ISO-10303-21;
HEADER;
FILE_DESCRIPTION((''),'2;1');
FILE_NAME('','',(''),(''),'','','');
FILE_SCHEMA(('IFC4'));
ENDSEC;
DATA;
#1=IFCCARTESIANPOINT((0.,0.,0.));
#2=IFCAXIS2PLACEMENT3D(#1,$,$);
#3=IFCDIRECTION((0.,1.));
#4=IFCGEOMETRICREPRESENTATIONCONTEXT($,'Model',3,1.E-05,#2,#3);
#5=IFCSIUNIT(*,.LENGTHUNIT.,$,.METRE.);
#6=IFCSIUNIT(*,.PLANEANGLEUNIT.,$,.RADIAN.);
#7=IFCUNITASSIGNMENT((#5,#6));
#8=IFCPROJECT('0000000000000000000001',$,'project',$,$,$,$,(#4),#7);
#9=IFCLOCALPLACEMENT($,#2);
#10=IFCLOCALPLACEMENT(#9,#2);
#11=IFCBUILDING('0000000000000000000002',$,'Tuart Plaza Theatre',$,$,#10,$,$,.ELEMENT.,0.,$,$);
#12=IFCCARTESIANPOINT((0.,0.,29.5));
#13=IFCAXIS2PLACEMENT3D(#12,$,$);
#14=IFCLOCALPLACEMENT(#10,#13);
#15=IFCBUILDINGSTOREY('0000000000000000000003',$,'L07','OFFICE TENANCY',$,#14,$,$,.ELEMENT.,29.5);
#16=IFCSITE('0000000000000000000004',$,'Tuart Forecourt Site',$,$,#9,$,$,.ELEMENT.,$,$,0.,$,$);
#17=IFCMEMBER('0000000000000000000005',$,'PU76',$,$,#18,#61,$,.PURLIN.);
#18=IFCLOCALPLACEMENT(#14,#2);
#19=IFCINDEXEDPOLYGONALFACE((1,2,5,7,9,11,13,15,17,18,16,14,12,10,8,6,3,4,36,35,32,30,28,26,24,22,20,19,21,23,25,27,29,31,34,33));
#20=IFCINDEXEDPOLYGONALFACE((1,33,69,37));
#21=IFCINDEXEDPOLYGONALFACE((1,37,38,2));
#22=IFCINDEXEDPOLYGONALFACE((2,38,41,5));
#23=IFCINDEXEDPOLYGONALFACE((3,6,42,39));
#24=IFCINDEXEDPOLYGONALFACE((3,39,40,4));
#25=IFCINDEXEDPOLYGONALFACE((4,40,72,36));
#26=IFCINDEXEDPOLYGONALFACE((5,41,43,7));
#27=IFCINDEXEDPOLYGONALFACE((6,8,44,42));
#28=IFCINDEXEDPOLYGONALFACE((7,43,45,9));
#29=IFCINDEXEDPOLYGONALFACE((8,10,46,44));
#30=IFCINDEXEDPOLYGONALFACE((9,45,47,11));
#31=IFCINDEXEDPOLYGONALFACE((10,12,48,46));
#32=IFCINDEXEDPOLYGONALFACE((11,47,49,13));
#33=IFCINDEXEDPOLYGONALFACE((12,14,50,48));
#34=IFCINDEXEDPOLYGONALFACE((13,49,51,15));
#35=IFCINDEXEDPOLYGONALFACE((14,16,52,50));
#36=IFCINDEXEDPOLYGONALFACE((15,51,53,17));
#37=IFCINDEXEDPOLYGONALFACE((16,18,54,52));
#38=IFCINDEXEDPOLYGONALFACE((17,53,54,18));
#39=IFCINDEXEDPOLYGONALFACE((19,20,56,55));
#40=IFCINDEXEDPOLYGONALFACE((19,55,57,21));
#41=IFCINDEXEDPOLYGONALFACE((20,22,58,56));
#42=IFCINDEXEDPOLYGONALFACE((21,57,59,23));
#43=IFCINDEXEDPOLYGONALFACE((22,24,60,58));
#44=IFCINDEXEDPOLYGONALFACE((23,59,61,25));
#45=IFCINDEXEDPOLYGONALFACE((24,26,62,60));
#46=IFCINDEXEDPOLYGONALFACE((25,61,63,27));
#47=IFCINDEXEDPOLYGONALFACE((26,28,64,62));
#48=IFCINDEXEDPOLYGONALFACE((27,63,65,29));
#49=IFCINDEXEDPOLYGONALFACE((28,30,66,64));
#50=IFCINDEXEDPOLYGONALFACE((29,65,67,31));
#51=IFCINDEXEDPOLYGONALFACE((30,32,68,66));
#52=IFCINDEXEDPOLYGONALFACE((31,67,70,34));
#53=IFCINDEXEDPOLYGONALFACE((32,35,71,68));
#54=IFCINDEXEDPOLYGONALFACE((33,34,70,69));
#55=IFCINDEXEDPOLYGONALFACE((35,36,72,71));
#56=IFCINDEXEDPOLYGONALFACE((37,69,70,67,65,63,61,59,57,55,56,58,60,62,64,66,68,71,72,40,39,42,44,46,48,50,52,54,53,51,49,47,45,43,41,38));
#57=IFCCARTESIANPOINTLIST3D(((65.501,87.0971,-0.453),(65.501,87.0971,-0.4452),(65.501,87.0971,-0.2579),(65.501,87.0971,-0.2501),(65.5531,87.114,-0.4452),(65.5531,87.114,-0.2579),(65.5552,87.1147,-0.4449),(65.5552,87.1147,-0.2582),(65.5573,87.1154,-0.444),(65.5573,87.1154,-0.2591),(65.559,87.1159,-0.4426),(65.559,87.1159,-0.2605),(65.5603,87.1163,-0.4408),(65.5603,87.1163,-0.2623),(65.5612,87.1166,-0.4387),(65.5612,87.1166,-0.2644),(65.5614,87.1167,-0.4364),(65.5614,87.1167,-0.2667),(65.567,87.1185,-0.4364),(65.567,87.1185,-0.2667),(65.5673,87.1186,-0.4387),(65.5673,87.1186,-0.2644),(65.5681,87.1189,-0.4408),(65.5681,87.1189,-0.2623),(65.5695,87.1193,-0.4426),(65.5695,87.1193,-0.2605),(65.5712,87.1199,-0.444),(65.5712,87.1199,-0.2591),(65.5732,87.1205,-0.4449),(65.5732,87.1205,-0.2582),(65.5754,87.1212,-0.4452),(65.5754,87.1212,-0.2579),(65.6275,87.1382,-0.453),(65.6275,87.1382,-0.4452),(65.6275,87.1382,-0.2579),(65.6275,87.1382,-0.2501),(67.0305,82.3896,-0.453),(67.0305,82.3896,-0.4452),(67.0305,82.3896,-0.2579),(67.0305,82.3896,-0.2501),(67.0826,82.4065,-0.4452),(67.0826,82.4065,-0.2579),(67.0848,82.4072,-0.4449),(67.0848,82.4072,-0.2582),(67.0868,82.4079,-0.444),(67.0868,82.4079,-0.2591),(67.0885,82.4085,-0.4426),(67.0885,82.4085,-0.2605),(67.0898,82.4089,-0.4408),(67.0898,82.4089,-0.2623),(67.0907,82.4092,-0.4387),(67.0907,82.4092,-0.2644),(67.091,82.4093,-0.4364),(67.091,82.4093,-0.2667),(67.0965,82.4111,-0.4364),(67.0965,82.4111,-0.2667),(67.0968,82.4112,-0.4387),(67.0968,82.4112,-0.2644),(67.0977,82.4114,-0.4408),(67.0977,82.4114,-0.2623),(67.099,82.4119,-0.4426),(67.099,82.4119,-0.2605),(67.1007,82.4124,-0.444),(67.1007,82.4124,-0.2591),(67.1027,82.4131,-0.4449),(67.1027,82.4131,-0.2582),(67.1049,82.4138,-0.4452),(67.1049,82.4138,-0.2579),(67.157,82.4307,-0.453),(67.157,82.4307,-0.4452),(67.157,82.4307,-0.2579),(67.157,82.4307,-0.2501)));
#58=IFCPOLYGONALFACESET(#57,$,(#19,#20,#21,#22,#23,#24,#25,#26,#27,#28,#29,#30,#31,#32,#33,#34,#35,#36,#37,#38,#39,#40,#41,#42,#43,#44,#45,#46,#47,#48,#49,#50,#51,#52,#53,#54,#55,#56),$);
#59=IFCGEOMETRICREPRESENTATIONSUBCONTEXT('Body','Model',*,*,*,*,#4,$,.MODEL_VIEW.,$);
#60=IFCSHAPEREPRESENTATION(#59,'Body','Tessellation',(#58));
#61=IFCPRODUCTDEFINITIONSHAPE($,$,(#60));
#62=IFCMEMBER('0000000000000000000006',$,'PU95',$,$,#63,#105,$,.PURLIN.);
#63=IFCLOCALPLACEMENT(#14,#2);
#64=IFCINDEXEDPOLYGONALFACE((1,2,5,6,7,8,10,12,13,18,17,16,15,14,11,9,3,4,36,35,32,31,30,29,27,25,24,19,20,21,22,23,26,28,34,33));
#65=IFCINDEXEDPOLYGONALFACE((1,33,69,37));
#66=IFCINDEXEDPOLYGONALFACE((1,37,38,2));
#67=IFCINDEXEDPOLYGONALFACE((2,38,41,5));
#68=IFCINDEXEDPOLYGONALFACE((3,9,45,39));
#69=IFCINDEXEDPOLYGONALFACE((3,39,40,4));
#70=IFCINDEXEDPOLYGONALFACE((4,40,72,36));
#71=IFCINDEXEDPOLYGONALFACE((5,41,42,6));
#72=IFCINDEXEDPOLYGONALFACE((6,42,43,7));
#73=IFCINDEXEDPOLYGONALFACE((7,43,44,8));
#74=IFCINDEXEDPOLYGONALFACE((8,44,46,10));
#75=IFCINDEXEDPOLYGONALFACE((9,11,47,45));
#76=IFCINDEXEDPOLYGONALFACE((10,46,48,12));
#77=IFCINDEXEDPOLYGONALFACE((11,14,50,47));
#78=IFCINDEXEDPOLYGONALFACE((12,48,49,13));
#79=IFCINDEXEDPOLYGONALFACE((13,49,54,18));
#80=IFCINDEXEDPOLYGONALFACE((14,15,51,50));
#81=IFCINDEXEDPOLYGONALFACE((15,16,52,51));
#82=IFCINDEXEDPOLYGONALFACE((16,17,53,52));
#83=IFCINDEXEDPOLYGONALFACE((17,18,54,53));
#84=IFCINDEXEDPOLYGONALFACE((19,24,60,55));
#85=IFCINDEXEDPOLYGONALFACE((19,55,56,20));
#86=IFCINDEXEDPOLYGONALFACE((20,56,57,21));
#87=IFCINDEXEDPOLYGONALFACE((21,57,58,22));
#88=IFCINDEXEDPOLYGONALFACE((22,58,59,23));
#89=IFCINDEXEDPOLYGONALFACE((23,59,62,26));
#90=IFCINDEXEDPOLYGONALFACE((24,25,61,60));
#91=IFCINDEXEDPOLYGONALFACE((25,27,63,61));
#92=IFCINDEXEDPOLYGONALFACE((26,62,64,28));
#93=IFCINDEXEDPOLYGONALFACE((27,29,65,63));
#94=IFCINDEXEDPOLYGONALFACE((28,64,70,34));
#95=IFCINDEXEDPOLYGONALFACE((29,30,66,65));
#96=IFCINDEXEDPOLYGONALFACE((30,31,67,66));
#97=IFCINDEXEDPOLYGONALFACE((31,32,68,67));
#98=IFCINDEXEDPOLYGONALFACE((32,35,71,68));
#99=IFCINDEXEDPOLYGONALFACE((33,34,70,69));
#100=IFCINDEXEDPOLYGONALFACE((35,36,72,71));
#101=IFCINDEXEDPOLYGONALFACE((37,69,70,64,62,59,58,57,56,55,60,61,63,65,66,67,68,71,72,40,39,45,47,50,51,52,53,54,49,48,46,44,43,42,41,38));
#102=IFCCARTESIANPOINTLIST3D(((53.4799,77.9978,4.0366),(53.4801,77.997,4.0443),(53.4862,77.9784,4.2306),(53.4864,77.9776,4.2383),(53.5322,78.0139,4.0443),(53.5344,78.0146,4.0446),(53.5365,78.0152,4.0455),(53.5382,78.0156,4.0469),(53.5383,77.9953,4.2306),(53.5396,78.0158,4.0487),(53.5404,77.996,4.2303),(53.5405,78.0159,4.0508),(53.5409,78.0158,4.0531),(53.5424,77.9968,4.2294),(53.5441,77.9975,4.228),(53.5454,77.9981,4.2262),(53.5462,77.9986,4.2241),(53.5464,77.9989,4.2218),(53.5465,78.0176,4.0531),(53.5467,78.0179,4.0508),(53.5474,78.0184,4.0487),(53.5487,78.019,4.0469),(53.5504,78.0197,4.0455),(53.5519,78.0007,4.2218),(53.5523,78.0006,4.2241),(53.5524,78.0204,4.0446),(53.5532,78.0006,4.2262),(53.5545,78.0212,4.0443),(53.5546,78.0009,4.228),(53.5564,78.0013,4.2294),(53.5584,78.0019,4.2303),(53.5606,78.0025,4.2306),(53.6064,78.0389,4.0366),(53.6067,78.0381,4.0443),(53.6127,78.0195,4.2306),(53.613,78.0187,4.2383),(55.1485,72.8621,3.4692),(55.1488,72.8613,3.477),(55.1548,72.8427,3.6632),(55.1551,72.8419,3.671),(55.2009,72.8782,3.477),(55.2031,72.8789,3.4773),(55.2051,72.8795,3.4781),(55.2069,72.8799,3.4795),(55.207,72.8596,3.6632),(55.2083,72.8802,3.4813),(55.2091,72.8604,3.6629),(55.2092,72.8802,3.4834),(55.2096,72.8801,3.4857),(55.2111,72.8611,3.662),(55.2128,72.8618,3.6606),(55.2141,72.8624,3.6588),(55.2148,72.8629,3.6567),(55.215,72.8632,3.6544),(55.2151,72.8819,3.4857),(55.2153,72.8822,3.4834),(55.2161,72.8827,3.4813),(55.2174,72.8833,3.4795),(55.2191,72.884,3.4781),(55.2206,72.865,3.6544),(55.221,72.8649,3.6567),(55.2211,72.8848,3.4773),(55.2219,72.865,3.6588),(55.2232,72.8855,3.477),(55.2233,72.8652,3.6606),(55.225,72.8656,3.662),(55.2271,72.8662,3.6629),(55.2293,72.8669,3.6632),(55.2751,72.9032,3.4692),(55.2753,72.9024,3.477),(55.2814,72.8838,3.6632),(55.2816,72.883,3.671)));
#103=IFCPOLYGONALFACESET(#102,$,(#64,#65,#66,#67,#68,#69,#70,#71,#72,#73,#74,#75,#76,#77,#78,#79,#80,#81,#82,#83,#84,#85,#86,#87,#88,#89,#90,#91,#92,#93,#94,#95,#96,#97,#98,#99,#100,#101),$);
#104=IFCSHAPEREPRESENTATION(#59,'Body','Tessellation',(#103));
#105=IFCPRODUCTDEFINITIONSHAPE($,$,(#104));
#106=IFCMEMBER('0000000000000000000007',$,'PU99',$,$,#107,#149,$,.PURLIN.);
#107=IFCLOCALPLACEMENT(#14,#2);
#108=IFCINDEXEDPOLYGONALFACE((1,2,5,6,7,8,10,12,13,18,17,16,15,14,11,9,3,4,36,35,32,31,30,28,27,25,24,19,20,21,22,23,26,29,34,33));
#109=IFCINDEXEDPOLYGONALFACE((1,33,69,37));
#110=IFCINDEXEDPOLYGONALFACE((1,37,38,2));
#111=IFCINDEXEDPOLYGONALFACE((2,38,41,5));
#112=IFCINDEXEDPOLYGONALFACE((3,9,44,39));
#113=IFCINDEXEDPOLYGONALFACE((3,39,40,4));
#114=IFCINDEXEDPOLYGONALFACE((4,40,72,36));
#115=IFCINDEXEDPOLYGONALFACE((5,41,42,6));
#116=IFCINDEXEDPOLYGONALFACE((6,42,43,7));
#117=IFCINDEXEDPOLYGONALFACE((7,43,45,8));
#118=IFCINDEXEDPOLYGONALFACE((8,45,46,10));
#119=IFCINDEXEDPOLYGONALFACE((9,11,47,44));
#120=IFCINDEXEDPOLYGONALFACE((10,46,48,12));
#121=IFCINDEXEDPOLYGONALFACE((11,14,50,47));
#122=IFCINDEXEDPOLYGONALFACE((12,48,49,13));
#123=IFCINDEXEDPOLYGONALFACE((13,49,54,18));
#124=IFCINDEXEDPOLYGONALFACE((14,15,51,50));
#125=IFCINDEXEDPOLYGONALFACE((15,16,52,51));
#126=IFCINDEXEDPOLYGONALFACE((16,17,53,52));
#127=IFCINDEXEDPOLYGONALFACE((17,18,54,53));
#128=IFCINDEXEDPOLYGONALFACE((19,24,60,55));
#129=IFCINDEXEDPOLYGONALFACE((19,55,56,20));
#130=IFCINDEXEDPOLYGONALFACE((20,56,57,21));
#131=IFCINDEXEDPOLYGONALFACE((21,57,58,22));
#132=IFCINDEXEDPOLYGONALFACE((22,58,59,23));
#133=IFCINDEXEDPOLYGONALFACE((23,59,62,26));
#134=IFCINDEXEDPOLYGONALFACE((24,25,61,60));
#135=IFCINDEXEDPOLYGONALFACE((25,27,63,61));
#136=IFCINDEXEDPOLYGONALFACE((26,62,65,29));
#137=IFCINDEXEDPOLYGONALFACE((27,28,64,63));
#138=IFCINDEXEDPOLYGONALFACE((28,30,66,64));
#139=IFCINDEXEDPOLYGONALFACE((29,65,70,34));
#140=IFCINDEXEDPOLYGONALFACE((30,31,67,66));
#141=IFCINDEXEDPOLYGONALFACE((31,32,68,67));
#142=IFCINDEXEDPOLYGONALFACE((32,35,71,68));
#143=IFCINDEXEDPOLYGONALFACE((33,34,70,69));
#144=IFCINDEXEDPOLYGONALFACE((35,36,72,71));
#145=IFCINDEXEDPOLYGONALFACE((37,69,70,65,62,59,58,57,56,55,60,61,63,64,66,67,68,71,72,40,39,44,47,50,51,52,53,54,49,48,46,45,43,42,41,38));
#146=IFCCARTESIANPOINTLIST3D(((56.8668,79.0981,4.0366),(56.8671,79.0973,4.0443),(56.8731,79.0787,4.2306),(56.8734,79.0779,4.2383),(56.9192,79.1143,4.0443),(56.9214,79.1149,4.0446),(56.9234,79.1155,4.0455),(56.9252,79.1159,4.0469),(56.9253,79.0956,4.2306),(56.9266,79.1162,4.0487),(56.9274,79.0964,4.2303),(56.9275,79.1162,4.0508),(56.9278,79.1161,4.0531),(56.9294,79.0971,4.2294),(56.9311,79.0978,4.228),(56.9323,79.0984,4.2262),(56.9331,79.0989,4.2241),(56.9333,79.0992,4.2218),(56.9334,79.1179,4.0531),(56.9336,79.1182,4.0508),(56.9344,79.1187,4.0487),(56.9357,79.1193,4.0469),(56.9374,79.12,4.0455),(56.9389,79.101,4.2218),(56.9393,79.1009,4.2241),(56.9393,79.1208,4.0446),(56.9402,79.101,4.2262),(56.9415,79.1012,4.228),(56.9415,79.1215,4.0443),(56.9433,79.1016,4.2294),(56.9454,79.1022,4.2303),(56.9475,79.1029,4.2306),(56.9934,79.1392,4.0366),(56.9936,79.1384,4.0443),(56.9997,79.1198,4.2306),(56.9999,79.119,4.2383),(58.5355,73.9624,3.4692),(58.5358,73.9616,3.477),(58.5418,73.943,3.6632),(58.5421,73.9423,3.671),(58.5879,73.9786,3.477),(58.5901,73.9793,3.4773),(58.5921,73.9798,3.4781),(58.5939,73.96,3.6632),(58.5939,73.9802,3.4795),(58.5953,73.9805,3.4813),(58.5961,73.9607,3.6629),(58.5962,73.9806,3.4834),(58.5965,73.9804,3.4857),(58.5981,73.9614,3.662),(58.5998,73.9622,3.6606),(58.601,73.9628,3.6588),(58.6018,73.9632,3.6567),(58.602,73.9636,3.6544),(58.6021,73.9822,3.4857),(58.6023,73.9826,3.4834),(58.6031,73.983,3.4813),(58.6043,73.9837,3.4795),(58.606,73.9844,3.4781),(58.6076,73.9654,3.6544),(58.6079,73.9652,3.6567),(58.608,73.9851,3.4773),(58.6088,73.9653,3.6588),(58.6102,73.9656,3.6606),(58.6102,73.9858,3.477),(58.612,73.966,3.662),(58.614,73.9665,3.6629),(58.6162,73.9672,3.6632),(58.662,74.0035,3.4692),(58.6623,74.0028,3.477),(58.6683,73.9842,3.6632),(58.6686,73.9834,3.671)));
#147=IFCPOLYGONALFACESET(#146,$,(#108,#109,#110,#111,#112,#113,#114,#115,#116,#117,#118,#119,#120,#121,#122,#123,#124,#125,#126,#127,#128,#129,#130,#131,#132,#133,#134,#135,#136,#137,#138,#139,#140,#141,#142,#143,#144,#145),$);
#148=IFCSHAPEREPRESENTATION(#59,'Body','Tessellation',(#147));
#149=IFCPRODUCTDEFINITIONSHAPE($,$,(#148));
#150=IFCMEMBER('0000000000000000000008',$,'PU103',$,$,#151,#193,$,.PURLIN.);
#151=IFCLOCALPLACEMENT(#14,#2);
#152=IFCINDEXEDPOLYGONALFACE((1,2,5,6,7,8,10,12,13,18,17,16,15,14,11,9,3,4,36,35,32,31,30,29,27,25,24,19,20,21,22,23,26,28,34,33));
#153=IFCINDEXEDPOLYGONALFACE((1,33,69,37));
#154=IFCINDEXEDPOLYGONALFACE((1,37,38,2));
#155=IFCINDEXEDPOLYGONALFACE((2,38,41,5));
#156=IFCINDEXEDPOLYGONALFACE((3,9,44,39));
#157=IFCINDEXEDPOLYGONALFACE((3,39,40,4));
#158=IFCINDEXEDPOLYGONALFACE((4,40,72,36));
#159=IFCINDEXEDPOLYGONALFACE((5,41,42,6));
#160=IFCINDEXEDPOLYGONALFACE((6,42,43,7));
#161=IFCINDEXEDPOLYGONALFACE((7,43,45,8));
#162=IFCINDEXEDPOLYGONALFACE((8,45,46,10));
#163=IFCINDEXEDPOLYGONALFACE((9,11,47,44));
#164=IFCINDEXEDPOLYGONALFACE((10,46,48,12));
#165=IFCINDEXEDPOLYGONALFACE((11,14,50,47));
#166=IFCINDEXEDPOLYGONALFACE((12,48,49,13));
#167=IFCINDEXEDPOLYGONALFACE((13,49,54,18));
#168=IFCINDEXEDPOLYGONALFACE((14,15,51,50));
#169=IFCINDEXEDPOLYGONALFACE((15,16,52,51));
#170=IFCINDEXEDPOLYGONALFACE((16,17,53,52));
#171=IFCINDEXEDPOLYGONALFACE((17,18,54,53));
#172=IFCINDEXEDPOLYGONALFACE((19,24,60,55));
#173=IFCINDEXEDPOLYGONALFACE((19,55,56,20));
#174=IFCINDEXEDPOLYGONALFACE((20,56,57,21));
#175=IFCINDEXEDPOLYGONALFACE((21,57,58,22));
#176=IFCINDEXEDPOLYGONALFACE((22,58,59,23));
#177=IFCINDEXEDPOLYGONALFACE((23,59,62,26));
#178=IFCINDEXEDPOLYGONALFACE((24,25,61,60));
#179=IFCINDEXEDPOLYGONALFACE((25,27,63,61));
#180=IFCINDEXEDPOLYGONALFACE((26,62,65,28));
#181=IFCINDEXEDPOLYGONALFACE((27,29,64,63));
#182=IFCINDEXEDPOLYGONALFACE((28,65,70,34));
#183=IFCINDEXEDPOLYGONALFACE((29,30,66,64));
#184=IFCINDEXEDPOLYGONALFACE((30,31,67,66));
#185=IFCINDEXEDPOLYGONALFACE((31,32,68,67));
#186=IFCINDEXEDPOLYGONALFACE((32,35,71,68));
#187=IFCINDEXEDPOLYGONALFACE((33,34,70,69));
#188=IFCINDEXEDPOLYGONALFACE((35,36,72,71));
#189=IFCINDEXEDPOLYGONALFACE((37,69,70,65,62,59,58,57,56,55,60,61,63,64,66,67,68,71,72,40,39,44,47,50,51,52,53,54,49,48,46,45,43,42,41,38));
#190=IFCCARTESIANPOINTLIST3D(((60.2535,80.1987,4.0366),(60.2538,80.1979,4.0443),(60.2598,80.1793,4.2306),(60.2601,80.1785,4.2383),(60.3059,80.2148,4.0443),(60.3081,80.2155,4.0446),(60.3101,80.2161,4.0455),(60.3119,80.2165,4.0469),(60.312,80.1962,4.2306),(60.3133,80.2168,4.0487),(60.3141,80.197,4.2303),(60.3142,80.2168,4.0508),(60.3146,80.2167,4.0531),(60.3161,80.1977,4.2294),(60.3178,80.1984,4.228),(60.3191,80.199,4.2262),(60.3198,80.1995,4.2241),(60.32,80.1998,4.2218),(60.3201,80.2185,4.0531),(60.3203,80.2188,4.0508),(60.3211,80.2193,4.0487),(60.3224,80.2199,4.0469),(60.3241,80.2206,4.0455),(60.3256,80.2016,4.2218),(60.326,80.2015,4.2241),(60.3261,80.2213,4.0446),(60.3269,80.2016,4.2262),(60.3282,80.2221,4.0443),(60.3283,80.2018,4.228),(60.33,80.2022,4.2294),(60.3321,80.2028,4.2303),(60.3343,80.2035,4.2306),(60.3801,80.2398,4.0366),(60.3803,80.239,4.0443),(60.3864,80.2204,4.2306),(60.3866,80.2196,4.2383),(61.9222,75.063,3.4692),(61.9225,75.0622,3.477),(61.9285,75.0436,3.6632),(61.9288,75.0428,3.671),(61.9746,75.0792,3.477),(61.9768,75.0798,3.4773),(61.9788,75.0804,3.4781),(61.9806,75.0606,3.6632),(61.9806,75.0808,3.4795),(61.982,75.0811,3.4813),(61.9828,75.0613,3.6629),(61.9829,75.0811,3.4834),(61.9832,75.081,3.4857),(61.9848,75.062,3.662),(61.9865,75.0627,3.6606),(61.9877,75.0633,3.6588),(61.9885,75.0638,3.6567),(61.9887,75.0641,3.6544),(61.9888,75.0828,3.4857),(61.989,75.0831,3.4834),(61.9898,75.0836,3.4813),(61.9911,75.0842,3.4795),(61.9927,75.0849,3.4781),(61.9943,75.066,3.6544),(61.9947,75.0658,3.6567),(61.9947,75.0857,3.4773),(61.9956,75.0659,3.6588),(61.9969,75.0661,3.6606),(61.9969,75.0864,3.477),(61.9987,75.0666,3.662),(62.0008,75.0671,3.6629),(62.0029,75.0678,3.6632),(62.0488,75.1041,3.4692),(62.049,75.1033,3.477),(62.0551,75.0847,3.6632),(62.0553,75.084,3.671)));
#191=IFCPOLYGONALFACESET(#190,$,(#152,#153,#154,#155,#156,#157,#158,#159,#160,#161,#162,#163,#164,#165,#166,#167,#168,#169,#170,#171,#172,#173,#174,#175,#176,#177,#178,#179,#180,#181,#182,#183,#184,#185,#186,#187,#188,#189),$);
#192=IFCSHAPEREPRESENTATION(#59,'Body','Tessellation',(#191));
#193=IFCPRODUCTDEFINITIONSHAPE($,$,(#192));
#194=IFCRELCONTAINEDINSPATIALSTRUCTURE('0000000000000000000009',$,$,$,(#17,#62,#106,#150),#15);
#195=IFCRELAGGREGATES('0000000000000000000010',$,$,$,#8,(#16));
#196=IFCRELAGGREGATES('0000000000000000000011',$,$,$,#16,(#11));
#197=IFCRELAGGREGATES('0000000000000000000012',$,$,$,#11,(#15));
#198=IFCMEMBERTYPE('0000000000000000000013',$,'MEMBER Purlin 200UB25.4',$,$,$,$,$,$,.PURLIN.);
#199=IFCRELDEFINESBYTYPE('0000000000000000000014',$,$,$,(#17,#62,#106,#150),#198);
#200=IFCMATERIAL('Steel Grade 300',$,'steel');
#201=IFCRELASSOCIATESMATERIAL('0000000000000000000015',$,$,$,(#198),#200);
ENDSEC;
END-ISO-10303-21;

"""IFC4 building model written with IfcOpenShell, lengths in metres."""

from ifc_helpers import new_model, si_unit, direction, frame, origin, origin_2d, place, context, subcontext, project, spatial, i_section, extrude, material, material_profile, profile_set, type_object, element, save


model = new_model("IFC4")

# Units and contexts
model_context = context("Model", 3, precision=1e-05, world=origin(), true_north=direction((0.0, 1.0)))
body_context = subcontext(model_context, "Body", "Model", "MODEL_VIEW")
ifc_project = project(units=[si_unit("LENGTHUNIT", "METRE"), si_unit("PLANEANGLEUNIT", "RADIAN")], contexts=[model_context])

# Site, building, storey
site_placement = place(None, origin())
site = spatial("IfcSite", under=ifc_project, at=site_placement, Name="Tuart Forecourt Site", CompositionType="ELEMENT", RefElevation=0.0)
building_placement = place(site_placement, origin())
building = spatial("IfcBuilding", under=site, at=building_placement, Name="Tuart Plaza Theatre", CompositionType="ELEMENT", ElevationOfRefHeight=0.0)
storey_placement = place(building_placement, frame((0.0, 0.0, 29.5)))
storey = spatial("IfcBuildingStorey", under=building, at=storey_placement, Name="L07", Description="OFFICE TENANCY", CompositionType="ELEMENT", Elevation=29.5)

# Members
ifc_material_1 = material(Name="Steel Grade 300", Category="steel")
ifc_material_profile_1 = material_profile(ifc_material_1, i_section(OverallWidth=0.1331, OverallDepth=0.2029, WebThickness=0.0059, FlangeThickness=0.0078, FilletRadius=0.0088, at=origin_2d()), Name="200UB25.4")
ifc_profile_set_1 = profile_set([ifc_material_profile_1], Name="Steel Grade 300")
member_type_1 = type_object("IfcMemberType", Name="MEMBER Purlin 200UB25.4", PredefinedType="PURLIN", material=ifc_profile_set_1)
member_1_placement = place(storey_placement, frame((67.0938, 82.4102, -0.3516), z_axis=(-0.309012, 0.951058, 0.0), x_axis=(-0.951058, -0.309012, 0.0)))
element("IfcMember", 1, at=member_1_placement, inside=storey, type_object=member_type_1, Name="PU76", PredefinedType="PURLIN", context=body_context, shape_type="SweptSolid", body=[
    extrude(i_section(OverallWidth=0.1331, OverallDepth=0.2029, WebThickness=0.0059, FlangeThickness=0.0078, FilletRadius=0.0088, at=origin_2d()), origin(), (0.0, 0.0, 1.0), 4.9497),
])
for number, where, z_axis, x_axis, name in (
    (2, (55.2151, 72.8726, 3.5701), (-0.307325, 0.94585, 0.104495), (-0.951057, -0.309017, 0.0), "PU95"),
    (3, (58.6021, 73.9729, 3.5701), (-0.307325, 0.94585, 0.104495), (-0.951057, -0.309017, 0.0), "PU99"),
    (4, (61.9888, 75.0735, 3.5701), (-0.307325, 0.94585, 0.104495), (-0.951057, -0.309017, 0.0), "PU103"),
):
    element("IfcMember", number, at=place(storey_placement, frame(where, z_axis=z_axis, x_axis=x_axis)), inside=storey, type_object=member_type_1, Name=name, PredefinedType="PURLIN", context=body_context, shape_type="SweptSolid", body=[
        extrude(i_section(OverallWidth=0.1331, OverallDepth=0.2029, WebThickness=0.0059, FlangeThickness=0.0078, FilletRadius=0.0088, at=origin_2d()), origin(), (0.0, 0.0, 1.0), 5.4297),
    ])

save(model, "model.ifc")
